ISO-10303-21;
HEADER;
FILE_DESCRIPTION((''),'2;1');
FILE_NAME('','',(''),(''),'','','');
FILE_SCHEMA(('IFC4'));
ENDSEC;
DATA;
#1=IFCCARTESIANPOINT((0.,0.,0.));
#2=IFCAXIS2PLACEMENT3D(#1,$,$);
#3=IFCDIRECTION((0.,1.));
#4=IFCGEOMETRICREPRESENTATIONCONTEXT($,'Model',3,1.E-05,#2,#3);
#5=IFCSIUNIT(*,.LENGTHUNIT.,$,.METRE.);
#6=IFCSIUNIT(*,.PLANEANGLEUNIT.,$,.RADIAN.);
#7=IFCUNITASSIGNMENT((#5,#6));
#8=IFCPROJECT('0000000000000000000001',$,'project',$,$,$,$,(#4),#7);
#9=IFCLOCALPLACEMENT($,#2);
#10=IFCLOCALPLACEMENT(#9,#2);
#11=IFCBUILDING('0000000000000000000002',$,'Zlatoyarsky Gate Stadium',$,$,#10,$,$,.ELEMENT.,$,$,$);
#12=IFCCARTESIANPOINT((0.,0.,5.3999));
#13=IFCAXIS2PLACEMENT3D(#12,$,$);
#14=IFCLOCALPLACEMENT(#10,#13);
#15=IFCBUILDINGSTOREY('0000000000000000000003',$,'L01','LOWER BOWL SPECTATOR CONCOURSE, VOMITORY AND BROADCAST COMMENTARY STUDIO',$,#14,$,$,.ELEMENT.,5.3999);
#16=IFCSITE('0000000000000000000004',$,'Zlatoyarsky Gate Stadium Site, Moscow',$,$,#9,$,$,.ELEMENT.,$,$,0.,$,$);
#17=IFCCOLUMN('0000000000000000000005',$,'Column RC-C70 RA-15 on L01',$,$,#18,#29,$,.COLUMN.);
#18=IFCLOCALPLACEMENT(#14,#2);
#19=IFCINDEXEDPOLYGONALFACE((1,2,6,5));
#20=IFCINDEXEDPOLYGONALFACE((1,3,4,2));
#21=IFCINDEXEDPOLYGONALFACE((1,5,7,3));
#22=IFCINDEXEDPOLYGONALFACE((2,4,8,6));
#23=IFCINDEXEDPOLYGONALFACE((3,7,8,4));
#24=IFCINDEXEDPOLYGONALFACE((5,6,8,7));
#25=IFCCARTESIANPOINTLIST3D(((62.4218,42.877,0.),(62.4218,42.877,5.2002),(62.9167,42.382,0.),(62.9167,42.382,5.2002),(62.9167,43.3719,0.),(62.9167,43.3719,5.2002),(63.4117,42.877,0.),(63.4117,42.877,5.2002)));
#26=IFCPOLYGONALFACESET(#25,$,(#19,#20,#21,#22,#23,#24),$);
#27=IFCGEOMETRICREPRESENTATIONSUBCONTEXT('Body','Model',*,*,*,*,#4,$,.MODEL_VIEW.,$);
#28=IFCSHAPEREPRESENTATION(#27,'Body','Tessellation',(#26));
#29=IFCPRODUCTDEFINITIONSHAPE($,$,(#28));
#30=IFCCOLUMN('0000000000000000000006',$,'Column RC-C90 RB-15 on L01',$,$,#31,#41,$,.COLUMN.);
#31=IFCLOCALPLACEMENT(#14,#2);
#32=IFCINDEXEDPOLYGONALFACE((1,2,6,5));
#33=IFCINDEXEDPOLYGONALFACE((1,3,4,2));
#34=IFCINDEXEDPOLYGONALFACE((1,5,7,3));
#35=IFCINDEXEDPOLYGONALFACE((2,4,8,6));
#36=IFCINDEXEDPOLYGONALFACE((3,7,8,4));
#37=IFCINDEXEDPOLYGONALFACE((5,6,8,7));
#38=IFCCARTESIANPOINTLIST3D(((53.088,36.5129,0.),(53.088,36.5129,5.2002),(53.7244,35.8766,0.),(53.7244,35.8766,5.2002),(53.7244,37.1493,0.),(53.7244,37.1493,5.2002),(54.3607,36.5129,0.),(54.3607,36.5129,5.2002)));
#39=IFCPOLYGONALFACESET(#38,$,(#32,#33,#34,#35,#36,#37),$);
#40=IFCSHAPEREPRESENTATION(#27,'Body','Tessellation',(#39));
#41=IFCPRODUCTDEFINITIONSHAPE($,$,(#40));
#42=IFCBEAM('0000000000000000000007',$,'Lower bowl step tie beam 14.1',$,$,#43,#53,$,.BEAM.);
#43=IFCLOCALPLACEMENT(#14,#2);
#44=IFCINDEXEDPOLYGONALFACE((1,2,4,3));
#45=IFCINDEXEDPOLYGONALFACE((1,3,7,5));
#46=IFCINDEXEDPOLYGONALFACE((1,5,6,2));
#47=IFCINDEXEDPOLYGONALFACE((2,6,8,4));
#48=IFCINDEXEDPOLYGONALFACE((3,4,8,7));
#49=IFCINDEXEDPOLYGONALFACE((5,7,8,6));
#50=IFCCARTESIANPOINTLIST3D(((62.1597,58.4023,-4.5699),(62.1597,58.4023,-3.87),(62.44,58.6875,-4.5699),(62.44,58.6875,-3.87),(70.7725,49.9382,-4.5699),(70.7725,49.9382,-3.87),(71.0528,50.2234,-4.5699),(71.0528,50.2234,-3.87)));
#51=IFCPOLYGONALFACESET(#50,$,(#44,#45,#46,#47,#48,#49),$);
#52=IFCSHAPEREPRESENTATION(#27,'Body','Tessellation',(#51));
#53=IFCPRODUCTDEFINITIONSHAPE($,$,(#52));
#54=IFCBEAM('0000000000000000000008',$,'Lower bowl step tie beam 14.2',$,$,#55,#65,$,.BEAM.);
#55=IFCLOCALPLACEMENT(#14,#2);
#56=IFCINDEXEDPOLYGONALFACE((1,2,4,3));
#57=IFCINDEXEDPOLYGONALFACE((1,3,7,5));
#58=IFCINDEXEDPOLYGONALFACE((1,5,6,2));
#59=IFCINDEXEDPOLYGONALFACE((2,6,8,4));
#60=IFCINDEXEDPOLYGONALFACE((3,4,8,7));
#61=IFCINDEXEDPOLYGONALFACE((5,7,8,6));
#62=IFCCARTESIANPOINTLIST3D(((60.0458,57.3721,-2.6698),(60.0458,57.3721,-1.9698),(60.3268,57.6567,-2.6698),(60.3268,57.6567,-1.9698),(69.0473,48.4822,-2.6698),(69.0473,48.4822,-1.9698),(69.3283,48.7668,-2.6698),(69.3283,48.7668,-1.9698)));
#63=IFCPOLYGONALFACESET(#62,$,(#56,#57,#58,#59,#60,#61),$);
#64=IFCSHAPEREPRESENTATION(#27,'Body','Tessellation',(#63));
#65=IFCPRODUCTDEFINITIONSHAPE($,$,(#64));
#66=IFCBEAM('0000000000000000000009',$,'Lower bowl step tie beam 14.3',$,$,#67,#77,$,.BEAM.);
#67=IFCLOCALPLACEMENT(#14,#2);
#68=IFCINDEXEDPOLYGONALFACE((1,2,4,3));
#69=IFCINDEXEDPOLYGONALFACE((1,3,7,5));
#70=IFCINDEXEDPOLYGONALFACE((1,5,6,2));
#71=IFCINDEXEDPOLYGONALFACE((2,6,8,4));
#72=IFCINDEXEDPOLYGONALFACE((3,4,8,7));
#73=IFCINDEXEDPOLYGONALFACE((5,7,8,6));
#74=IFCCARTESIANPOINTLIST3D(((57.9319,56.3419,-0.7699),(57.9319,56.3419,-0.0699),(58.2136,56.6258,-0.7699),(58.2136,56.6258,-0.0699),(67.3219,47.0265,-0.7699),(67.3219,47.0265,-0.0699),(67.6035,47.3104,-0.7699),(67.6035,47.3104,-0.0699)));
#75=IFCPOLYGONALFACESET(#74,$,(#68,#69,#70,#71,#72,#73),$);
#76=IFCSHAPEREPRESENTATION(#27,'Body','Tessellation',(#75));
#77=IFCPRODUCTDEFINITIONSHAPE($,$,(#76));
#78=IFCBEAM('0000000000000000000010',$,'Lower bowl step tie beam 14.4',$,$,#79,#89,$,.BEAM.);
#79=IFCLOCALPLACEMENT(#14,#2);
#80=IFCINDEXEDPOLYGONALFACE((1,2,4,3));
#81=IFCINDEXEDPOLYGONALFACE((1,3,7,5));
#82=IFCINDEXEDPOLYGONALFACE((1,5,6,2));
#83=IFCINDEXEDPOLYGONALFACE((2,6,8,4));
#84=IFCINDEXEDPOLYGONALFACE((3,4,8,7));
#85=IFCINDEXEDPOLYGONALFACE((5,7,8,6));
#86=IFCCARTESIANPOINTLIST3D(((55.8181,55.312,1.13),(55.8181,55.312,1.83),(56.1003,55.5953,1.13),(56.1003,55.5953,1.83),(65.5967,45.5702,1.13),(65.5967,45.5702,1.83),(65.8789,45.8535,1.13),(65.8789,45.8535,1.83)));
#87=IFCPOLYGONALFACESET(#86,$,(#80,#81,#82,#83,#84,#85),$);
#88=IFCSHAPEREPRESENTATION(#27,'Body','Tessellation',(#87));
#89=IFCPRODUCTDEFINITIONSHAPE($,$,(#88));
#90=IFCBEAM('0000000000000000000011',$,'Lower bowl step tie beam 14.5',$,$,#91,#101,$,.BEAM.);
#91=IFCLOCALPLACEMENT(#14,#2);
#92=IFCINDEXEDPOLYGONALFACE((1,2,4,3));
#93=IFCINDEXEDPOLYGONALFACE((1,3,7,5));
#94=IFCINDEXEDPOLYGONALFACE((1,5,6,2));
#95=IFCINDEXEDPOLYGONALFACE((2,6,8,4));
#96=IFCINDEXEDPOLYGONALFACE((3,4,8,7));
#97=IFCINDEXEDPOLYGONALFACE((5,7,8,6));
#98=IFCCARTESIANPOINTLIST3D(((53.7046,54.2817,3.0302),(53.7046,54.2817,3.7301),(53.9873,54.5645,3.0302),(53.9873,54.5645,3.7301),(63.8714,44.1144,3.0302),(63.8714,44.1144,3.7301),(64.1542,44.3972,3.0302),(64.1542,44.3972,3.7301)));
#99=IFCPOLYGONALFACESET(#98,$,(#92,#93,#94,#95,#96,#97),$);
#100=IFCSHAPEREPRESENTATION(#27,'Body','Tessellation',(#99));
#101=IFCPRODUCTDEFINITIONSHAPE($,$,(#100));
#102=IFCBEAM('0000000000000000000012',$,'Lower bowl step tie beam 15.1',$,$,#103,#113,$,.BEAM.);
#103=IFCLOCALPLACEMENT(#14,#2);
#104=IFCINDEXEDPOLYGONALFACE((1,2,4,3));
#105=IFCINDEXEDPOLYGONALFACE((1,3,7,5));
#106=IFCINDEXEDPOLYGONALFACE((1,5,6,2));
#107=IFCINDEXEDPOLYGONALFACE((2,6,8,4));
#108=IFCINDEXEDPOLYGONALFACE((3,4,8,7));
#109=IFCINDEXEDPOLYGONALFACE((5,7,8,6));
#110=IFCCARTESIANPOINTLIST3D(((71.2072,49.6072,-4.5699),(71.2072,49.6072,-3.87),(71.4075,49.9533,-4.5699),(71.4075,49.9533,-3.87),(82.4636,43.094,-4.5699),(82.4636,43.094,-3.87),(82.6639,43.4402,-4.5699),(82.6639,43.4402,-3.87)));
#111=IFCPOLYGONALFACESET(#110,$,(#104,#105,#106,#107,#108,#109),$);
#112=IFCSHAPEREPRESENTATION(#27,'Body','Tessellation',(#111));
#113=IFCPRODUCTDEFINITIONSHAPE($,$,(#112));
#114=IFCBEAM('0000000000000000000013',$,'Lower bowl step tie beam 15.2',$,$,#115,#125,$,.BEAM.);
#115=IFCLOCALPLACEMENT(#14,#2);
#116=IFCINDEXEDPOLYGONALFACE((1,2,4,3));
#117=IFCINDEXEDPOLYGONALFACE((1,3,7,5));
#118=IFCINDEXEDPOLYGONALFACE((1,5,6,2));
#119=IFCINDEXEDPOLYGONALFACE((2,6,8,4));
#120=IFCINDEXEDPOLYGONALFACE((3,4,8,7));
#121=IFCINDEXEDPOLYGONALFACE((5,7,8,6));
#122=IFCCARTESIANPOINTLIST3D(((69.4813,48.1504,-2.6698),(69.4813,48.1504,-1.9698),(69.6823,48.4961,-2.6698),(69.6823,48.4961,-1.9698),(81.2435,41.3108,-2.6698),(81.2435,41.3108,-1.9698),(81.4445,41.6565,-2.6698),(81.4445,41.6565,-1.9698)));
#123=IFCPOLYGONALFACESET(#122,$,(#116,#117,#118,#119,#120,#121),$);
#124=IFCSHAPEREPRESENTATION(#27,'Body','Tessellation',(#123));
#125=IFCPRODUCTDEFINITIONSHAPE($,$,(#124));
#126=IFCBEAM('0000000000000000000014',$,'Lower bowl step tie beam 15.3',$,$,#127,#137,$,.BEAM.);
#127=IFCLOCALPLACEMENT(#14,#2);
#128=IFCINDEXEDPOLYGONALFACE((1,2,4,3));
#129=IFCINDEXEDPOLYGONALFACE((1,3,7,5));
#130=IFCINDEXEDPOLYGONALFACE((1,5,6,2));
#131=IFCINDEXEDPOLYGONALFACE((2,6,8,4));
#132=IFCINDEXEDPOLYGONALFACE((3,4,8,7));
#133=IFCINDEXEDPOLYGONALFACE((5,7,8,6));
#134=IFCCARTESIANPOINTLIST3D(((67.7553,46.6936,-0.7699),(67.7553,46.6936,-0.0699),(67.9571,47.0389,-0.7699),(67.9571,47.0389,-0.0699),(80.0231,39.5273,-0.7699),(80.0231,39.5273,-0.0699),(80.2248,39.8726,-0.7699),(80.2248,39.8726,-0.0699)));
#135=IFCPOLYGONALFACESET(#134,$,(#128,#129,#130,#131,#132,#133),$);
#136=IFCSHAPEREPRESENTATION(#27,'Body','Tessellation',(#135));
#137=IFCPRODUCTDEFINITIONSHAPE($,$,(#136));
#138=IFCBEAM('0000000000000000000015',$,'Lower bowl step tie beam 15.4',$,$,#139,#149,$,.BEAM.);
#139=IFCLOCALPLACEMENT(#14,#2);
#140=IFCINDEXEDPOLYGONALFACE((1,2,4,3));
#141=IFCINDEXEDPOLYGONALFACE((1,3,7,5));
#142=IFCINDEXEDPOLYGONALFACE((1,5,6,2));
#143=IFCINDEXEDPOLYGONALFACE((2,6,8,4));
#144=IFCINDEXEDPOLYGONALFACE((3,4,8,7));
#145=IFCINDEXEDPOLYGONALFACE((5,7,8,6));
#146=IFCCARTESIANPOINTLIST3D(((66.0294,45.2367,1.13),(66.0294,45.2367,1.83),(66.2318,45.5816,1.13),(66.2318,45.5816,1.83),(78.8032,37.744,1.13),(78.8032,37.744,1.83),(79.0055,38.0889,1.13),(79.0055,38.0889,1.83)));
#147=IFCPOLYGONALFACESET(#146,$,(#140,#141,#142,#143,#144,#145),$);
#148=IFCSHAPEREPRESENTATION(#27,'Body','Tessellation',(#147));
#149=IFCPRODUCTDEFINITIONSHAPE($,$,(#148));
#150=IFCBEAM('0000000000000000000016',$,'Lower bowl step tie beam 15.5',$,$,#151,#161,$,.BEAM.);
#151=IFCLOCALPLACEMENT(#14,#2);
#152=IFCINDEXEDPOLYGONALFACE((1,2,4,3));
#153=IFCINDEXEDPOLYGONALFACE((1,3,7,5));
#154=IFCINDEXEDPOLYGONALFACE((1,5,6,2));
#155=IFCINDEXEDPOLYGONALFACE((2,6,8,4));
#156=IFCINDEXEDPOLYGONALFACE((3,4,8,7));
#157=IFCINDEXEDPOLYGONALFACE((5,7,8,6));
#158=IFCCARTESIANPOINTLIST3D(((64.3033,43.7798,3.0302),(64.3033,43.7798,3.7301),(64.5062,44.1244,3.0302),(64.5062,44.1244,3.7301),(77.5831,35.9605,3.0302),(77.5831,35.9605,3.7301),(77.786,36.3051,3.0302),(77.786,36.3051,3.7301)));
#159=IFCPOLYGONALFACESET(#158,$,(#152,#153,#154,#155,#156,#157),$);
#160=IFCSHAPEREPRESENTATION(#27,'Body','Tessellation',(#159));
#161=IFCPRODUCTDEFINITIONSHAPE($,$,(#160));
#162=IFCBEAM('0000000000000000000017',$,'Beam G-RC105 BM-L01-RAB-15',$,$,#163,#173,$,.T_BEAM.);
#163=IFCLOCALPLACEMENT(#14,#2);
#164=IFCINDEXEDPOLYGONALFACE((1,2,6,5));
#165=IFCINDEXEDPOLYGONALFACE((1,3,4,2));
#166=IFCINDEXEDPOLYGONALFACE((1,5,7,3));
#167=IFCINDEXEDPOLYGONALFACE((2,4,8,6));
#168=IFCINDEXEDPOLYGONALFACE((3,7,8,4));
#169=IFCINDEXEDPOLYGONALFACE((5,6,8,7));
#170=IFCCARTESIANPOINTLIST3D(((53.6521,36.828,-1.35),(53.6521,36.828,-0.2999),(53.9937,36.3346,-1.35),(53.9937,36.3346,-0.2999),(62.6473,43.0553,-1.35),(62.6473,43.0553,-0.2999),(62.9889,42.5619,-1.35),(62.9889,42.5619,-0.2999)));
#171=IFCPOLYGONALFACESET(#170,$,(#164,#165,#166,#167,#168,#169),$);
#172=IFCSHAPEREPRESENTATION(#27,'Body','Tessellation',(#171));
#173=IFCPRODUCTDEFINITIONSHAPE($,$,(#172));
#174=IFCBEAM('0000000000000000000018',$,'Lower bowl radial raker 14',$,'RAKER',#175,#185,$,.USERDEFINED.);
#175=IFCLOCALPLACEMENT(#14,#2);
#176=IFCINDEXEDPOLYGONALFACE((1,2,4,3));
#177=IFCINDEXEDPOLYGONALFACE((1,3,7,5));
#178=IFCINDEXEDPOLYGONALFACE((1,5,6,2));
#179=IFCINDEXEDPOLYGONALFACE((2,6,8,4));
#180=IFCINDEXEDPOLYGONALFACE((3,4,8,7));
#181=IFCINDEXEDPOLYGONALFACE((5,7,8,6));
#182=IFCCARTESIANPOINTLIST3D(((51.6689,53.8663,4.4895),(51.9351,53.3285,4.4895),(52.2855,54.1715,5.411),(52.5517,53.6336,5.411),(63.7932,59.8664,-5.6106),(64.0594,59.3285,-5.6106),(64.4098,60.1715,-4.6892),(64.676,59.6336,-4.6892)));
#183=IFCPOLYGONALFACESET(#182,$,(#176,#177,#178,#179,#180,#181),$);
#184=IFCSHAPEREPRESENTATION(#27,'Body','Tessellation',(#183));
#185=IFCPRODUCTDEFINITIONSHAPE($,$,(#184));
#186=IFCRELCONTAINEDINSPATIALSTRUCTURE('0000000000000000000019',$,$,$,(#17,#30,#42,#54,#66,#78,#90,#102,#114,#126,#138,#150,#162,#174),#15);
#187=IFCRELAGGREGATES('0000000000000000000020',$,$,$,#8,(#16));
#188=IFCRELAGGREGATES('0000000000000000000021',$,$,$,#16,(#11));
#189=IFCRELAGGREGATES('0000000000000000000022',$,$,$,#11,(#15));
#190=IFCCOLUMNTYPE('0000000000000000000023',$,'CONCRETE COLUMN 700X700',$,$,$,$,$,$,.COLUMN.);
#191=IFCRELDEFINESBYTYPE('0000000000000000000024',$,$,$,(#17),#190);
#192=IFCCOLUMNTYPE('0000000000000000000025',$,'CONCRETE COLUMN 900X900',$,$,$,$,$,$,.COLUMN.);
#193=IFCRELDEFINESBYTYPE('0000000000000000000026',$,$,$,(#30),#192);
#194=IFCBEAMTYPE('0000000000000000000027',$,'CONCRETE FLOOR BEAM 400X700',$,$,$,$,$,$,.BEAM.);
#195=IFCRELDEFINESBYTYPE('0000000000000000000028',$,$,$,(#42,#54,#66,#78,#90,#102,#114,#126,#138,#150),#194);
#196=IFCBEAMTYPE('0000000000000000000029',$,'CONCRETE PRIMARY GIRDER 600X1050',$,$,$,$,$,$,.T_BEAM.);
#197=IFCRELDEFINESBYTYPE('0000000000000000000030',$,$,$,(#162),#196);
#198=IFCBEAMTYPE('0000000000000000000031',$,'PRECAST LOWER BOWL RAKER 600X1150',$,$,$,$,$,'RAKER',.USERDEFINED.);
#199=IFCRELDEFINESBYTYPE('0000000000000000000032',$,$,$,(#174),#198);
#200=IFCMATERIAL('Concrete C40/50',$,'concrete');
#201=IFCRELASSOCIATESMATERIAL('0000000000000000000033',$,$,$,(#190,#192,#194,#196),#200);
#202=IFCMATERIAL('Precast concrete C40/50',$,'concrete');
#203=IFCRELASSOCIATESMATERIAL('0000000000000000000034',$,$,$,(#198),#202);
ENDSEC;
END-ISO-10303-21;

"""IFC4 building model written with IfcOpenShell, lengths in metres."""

from ifc_helpers import new_model, si_unit, direction, frame, origin, origin_2d, place, context, subcontext, project, spatial, rectangle, extrude, material, material_profile, profile_set, type_object, element, save


model = new_model("IFC4")

# Units and contexts
model_context = context("Model", 3, precision=1e-05, world=origin(), true_north=direction((0.0, 1.0)))
body_context = subcontext(model_context, "Body", "Model", "MODEL_VIEW")
ifc_project = project(units=[si_unit("LENGTHUNIT", "METRE"), si_unit("PLANEANGLEUNIT", "RADIAN")], contexts=[model_context])

# Site, building, storey
site_placement = place(None, origin())
site = spatial("IfcSite", under=ifc_project, at=site_placement, Name="Zlatoyarsky Gate Stadium Site, Moscow", CompositionType="ELEMENT", RefElevation=0.0)
building_placement = place(site_placement, origin())
building = spatial("IfcBuilding", under=site, at=building_placement, Name="Zlatoyarsky Gate Stadium", CompositionType="ELEMENT")
storey_placement = place(building_placement, frame((0.0, 0.0, 5.3999)))
storey = spatial("IfcBuildingStorey", under=building, at=storey_placement, Name="L01", Description="LOWER BOWL SPECTATOR CONCOURSE, VOMITORY AND BROADCAST COMMENTARY STUDIO", CompositionType="ELEMENT", Elevation=5.3999)

# Columns
ifc_material_1 = material(Name="Concrete C40/50", Category="concrete")
ifc_material_profile_1 = material_profile(ifc_material_1, rectangle(XDim=0.7, YDim=0.7, at=origin_2d()), Name="RC COL 700X700")
ifc_profile_set_1 = profile_set([ifc_material_profile_1], Name="Concrete C40/50")
column_type_1 = type_object("IfcColumnType", Name="CONCRETE COLUMN 700X700", PredefinedType="COLUMN", material=ifc_profile_set_1)
column_1_placement = place(storey_placement, frame((62.9167, 42.877, 0.0), z_axis=(0.0, 0.0, 1.0), x_axis=(-0.707107, -0.707107, 0.0)))
element("IfcColumn", 1, at=column_1_placement, inside=storey, type_object=column_type_1, Name="Column RC-C70 RA-15 on L01", PredefinedType="COLUMN", context=body_context, shape_type="SweptSolid", body=[
    extrude(rectangle(XDim=0.7, YDim=0.7, at=origin_2d()), origin(), (0.0, 0.0, 1.0), 5.2002),
])
ifc_material_profile_2 = material_profile(ifc_material_1, rectangle(XDim=0.8999, YDim=0.8999, at=origin_2d()), Name="RC COL 900X900")
ifc_profile_set_2 = profile_set([ifc_material_profile_2], Name="Concrete C40/50")
column_type_2 = type_object("IfcColumnType", Name="CONCRETE COLUMN 900X900", PredefinedType="COLUMN", material=ifc_profile_set_2)
column_2_placement = place(storey_placement, frame((53.7244, 36.5129, 0.0), z_axis=(0.0, 0.0, 1.0), x_axis=(-0.707107, -0.707107, 0.0)))
element("IfcColumn", 2, at=column_2_placement, inside=storey, type_object=column_type_2, Name="Column RC-C90 RB-15 on L01", PredefinedType="COLUMN", context=body_context, shape_type="SweptSolid", body=[
    extrude(rectangle(XDim=0.8999, YDim=0.8999, at=origin_2d()), origin(), (0.0, 0.0, 1.0), 5.2002),
])

# Beams
ifc_material_profile_3 = material_profile(ifc_material_1, rectangle(XDim=0.3999, YDim=0.7, at=origin_2d()), Name="RC BEAM 400X700")
ifc_profile_set_3 = profile_set([ifc_material_profile_3], Name="Concrete C40/50")
beam_type_1 = type_object("IfcBeamType", Name="CONCRETE FLOOR BEAM 400X700", PredefinedType="BEAM", material=ifc_profile_set_3)
beam_1_placement = place(storey_placement, frame((62.2998, 58.5449, -4.22), z_axis=(0.713236, -0.700924, 0.0), x_axis=(0.700924, 0.713236, 0.0)))
element("IfcBeam", 3, at=beam_1_placement, inside=storey, type_object=beam_type_1, Name="Lower bowl step tie beam 14.1", PredefinedType="BEAM", context=body_context, shape_type="SweptSolid", body=[
    extrude(rectangle(XDim=0.3999, YDim=0.7, at=origin_2d()), origin(), (0.0, 0.0, 1.0), 12.0757),
])
beam_2_placement = place(storey_placement, frame((60.1863, 57.5144, -2.3198), z_axis=(0.711503, -0.702684, 0.0), x_axis=(0.702684, 0.711503, 0.0)))
element("IfcBeam", 4, at=beam_2_placement, inside=storey, type_object=beam_type_1, Name="Lower bowl step tie beam 14.2", PredefinedType="BEAM", context=body_context, shape_type="SweptSolid", body=[
    extrude(rectangle(XDim=0.3999, YDim=0.7, at=origin_2d()), origin(), (0.0, 0.0, 1.0), 12.6514),
])
beam_3_placement = place(storey_placement, frame((58.0728, 56.4839, -0.4199), z_axis=(0.709916, -0.704286, 0.0), x_axis=(0.704286, 0.709916, 0.0)))
element("IfcBeam", 5, at=beam_3_placement, inside=storey, type_object=beam_type_1, Name="Lower bowl step tie beam 14.3", PredefinedType="BEAM", context=body_context, shape_type="SweptSolid", body=[
    extrude(rectangle(XDim=0.3999, YDim=0.7, at=origin_2d()), origin(), (0.0, 0.0, 1.0), 13.2268),
])
beam_4_placement = place(storey_placement, frame((55.9592, 55.4536, 1.48), z_axis=(0.708441, -0.70577, 0.0), x_axis=(0.70577, 0.708441, 0.0)))
element("IfcBeam", 6, at=beam_4_placement, inside=storey, type_object=beam_type_1, Name="Lower bowl step tie beam 14.4", PredefinedType="BEAM", context=body_context, shape_type="SweptSolid", body=[
    extrude(rectangle(XDim=0.3999, YDim=0.7, at=origin_2d()), origin(), (0.0, 0.0, 1.0), 13.803),
])
beam_5_placement = place(storey_placement, frame((53.8459, 54.4231, 3.3801), z_axis=(0.70709, -0.707124, 0.0), x_axis=(0.707124, 0.70709, 0.0)))
element("IfcBeam", 7, at=beam_5_placement, inside=storey, type_object=beam_type_1, Name="Lower bowl step tie beam 14.5", PredefinedType="BEAM", context=body_context, shape_type="SweptSolid", body=[
    extrude(rectangle(XDim=0.3999, YDim=0.7, at=origin_2d()), origin(), (0.0, 0.0, 1.0), 14.3784),
])
beam_6_placement = place(storey_placement, frame((71.3074, 49.7803, -4.22), z_axis=(0.865548, -0.500826, 0.0), x_axis=(0.500826, 0.865548, 0.0)))
element("IfcBeam", 8, at=beam_6_placement, inside=storey, type_object=beam_type_1, Name="Lower bowl step tie beam 15.1", PredefinedType="BEAM", context=body_context, shape_type="SweptSolid", body=[
    extrude(rectangle(XDim=0.3999, YDim=0.7, at=origin_2d()), origin(), (0.0, 0.0, 1.0), 13.0049),
])
beam_7_placement = place(storey_placement, frame((69.5818, 48.3232, -2.3198), z_axis=(0.864472, -0.502681, 0.0), x_axis=(0.502681, 0.864472, 0.0)))
element("IfcBeam", 9, at=beam_7_placement, inside=storey, type_object=beam_type_1, Name="Lower bowl step tie beam 15.2", PredefinedType="BEAM", context=body_context, shape_type="SweptSolid", body=[
    extrude(rectangle(XDim=0.3999, YDim=0.7, at=origin_2d()), origin(), (0.0, 0.0, 1.0), 13.6062),
])
beam_8_placement = place(storey_placement, frame((67.8562, 46.8662, -0.4199), z_axis=(0.863471, -0.504398, 0.0), x_axis=(0.504398, 0.863471, 0.0)))
element("IfcBeam", 10, at=beam_8_placement, inside=storey, type_object=beam_type_1, Name="Lower bowl step tie beam 15.3", PredefinedType="BEAM", context=body_context, shape_type="SweptSolid", body=[
    extrude(rectangle(XDim=0.3999, YDim=0.7, at=origin_2d()), origin(), (0.0, 0.0, 1.0), 14.2075),
])
beam_9_placement = place(storey_placement, frame((66.1306, 45.4092, 1.48), z_axis=(0.862561, -0.505953, 0.0), x_axis=(0.505953, 0.862561, 0.0)))
element("IfcBeam", 11, at=beam_9_placement, inside=storey, type_object=beam_type_1, Name="Lower bowl step tie beam 15.4", PredefinedType="BEAM", context=body_context, shape_type="SweptSolid", body=[
    extrude(rectangle(XDim=0.3999, YDim=0.7, at=origin_2d()), origin(), (0.0, 0.0, 1.0), 14.8091),
])
beam_10_placement = place(storey_placement, frame((64.4048, 43.9521, 3.3801), z_axis=(0.861716, -0.507391, 0.0), x_axis=(0.507391, 0.861716, 0.0)))
element("IfcBeam", 12, at=beam_10_placement, inside=storey, type_object=beam_type_1, Name="Lower bowl step tie beam 15.5", PredefinedType="BEAM", context=body_context, shape_type="SweptSolid", body=[
    extrude(rectangle(XDim=0.3999, YDim=0.7, at=origin_2d()), origin(), (0.0, 0.0, 1.0), 15.4109),
])
ifc_material_profile_4 = material_profile(ifc_material_1, rectangle(XDim=0.6001, YDim=1.05, at=origin_2d()), Name="RC GIRDER 600X1050")
ifc_profile_set_4 = profile_set([ifc_material_profile_4], Name="Concrete C40/50")
beam_type_2 = type_object("IfcBeamType", Name="CONCRETE PRIMARY GIRDER 600X1050", PredefinedType="T_BEAM", material=ifc_profile_set_4)
beam_11_placement = place(storey_placement, frame((62.8181, 42.8086, -0.825), z_axis=(-0.822196, -0.569204, 0.0), x_axis=(0.569204, -0.822196, 0.0)))
element("IfcBeam", 13, at=beam_11_placement, inside=storey, type_object=beam_type_2, Name="Beam G-RC105 BM-L01-RAB-15", PredefinedType="T_BEAM", context=body_context, shape_type="SweptSolid", body=[
    extrude(rectangle(XDim=0.6001, YDim=1.05, at=origin_2d()), origin(), (0.0, 0.0, 1.0), 10.9404),
])
ifc_material_2 = material(Name="Precast concrete C40/50", Category="concrete")
ifc_material_profile_5 = material_profile(ifc_material_2, rectangle(XDim=0.6001, YDim=1.1499, at=origin_2d()), Name="PC RAKER 600X1150")
ifc_profile_set_5 = profile_set([ifc_material_profile_5], Name="Precast concrete C40/50")
beam_type_3 = type_object("IfcBeamType", Name="PRECAST LOWER BOWL RAKER 600X1150", ElementType="RAKER", PredefinedType="USERDEFINED", material=ifc_profile_set_5)
beam_12_placement = place(storey_placement, frame((64.2346, 59.75, -5.1499), z_axis=(-0.718167, -0.355403, 0.598268), x_axis=(0.443535, -0.896257, 0.0)))
element("IfcBeam", 14, at=beam_12_placement, inside=storey, type_object=beam_type_3, Name="Lower bowl radial raker 14", ObjectType="RAKER", PredefinedType="USERDEFINED", context=body_context, shape_type="SweptSolid", body=[
    extrude(rectangle(XDim=0.6001, YDim=1.1499, at=origin_2d()), origin(), (0.0, 0.0, 1.0), 16.8823),
])

save(model, "model.ifc")
